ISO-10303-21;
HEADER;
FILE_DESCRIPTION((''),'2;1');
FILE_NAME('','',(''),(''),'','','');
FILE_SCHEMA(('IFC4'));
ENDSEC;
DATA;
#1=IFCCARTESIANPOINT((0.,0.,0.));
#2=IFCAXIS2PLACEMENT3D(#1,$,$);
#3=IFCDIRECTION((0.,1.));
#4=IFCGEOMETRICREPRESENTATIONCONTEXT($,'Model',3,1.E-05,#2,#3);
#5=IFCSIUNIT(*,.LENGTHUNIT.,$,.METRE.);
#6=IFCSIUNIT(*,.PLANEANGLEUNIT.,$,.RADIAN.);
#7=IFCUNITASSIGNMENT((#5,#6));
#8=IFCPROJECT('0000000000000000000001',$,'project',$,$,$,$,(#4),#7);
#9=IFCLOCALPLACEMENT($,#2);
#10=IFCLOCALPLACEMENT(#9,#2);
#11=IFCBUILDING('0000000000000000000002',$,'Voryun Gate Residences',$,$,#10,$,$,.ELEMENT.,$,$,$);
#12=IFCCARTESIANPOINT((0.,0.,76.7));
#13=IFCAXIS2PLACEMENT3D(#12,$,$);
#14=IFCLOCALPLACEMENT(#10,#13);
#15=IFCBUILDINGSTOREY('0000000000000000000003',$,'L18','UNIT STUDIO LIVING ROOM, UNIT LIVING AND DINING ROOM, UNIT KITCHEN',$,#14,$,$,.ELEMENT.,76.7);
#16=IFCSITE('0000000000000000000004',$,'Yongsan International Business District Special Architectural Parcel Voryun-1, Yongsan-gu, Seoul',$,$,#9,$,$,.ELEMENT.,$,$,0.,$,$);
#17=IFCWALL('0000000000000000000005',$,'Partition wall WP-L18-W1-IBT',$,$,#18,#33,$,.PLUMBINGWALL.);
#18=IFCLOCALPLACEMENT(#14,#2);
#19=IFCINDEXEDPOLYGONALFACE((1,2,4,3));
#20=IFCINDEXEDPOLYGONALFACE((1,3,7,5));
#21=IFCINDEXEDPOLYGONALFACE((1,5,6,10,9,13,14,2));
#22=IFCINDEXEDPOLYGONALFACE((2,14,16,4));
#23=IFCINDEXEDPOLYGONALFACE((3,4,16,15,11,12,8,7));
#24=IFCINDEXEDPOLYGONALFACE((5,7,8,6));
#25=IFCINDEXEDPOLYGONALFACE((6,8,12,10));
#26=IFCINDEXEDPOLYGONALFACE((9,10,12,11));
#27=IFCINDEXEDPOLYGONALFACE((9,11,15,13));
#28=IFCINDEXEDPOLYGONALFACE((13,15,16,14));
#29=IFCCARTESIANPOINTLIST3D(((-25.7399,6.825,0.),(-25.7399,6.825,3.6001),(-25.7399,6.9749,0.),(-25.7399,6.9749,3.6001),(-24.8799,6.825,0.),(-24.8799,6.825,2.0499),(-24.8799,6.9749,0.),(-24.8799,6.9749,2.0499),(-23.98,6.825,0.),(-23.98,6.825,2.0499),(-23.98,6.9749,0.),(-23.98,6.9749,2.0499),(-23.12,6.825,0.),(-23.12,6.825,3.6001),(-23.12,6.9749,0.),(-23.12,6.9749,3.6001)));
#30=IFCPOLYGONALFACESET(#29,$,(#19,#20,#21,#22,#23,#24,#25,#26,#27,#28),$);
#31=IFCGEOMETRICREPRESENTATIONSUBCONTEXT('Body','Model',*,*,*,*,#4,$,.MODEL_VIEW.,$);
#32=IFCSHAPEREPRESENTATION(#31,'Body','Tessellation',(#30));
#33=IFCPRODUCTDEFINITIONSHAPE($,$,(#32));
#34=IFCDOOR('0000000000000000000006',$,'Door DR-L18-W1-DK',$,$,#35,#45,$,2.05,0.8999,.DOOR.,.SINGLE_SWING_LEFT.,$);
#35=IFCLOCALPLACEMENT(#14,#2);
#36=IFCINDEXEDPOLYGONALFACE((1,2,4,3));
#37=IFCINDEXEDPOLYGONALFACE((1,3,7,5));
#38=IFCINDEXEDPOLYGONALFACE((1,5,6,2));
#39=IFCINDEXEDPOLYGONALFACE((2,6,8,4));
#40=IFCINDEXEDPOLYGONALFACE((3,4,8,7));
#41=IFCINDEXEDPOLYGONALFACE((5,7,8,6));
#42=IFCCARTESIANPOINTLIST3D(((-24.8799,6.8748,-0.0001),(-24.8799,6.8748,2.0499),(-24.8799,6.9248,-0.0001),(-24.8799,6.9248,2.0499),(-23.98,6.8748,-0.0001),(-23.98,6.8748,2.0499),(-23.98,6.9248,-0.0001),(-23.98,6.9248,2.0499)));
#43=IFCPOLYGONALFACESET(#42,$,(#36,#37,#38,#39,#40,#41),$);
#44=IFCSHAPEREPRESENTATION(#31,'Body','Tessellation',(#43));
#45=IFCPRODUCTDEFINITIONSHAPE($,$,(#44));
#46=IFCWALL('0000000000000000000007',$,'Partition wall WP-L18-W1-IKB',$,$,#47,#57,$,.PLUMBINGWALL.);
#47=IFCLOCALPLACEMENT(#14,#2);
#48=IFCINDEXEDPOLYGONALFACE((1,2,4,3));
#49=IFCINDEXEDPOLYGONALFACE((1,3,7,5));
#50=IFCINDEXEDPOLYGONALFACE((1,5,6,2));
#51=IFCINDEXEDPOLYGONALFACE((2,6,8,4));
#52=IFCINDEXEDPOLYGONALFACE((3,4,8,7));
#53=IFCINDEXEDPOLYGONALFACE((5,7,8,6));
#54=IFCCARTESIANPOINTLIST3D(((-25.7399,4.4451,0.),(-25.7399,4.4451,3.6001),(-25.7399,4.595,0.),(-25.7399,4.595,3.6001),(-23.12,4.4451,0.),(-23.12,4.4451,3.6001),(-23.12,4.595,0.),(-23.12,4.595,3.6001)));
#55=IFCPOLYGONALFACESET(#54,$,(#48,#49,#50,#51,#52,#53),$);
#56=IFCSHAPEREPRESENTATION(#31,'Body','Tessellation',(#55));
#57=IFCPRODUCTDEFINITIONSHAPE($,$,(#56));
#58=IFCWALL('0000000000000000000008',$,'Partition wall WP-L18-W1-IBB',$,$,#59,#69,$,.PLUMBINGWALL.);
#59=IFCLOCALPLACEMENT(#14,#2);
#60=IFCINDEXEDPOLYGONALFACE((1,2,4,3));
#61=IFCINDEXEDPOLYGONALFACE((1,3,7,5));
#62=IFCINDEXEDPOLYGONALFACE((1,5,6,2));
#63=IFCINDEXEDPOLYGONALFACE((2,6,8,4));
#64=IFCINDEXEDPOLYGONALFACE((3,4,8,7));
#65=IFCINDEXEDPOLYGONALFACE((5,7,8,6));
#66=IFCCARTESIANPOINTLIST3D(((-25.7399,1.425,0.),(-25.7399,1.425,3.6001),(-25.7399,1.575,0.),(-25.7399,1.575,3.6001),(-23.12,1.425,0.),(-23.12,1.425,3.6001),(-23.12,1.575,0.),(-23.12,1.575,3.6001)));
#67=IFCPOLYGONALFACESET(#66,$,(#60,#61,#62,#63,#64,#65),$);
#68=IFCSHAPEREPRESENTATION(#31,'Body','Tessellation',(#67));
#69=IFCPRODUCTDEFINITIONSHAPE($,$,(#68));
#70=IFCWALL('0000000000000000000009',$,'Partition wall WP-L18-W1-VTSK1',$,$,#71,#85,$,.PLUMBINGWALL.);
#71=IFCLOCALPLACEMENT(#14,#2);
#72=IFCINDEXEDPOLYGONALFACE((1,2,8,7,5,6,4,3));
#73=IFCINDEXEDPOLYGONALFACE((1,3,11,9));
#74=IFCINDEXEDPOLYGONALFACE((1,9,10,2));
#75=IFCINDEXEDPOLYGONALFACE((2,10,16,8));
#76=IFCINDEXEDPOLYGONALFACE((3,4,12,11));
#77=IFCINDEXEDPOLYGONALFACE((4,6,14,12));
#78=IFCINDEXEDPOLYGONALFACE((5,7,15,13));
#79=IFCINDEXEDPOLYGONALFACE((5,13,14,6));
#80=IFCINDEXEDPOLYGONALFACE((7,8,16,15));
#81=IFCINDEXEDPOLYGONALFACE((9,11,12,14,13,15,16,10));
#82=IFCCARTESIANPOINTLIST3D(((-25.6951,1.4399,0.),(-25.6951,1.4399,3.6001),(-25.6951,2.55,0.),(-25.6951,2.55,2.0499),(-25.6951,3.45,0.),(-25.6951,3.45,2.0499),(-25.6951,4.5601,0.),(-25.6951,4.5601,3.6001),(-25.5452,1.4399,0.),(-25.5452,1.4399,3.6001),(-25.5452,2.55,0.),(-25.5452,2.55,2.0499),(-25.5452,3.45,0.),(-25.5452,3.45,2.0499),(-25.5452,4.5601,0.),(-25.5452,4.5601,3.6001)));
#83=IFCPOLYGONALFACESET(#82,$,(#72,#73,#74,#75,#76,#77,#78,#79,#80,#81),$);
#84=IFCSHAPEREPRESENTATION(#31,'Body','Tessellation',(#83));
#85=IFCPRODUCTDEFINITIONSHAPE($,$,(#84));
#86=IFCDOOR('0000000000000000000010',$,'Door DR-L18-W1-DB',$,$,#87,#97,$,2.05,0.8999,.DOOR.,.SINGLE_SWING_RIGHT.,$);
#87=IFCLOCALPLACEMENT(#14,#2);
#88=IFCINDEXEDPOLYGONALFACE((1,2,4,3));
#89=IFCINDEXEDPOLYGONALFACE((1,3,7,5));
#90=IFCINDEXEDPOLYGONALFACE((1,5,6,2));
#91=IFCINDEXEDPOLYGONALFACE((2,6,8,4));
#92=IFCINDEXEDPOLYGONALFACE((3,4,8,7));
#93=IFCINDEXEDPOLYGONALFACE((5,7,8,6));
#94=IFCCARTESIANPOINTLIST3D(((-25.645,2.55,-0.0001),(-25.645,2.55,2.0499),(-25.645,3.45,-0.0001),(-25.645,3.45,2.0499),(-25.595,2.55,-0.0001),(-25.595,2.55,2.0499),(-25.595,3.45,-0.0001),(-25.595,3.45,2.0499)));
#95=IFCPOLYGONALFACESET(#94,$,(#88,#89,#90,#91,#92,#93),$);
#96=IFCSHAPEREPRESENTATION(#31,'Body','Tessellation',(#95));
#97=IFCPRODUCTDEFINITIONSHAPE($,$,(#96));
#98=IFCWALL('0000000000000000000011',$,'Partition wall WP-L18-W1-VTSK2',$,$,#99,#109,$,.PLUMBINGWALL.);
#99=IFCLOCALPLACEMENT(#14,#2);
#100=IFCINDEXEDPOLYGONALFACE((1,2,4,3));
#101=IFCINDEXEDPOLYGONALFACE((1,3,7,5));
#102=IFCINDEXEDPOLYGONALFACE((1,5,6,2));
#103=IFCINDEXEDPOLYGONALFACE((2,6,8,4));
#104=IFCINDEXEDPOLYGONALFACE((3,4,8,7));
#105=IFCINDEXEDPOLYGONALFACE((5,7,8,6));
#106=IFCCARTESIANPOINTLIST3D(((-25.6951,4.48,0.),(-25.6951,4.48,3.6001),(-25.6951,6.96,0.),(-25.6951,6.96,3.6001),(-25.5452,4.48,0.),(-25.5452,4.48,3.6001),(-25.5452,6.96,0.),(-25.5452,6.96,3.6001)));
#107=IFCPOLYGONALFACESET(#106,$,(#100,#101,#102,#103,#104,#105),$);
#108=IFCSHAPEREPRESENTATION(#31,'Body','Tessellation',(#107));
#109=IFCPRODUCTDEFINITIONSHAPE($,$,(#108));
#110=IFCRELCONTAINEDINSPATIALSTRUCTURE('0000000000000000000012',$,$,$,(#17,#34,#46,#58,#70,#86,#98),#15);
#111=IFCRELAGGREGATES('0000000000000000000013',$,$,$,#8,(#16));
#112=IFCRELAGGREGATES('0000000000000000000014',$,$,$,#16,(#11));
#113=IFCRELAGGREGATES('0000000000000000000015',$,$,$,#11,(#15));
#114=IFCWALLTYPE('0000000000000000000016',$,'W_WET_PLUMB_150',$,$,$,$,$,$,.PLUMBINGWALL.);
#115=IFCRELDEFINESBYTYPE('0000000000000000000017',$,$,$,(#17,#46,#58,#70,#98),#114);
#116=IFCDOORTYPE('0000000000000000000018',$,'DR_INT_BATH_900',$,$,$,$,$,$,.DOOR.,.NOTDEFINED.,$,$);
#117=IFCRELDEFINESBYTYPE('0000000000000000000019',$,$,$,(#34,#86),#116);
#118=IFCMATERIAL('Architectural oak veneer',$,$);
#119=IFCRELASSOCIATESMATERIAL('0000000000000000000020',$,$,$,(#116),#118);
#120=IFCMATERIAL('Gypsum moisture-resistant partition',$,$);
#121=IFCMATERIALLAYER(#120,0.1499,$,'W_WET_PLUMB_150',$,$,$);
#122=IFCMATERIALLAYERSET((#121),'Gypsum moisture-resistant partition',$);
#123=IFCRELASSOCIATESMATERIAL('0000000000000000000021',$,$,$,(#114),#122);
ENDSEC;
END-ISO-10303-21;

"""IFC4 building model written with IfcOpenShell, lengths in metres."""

from ifc_helpers import new_model, si_unit, direction, frame, frame_2d, origin, place, context, subcontext, project, spatial, rectangle, extrude, material, layer, layer_set, type_object, element, fill, save


model = new_model("IFC4")

# Units and contexts
model_context = context("Model", 3, precision=1e-05, world=origin(), true_north=direction((0.0, 1.0)))
body_context = subcontext(model_context, "Body", "Model", "MODEL_VIEW")
ifc_project = project(units=[si_unit("LENGTHUNIT", "METRE"), si_unit("PLANEANGLEUNIT", "RADIAN")], contexts=[model_context])

# Site, building, storey
site_placement = place(None, origin())
site = spatial("IfcSite", under=ifc_project, at=site_placement, Name="Yongsan International Business District Special Architectural Parcel Voryun-1, Yongsan-gu, Seoul", CompositionType="ELEMENT", RefElevation=0.0)
building_placement = place(site_placement, origin())
building = spatial("IfcBuilding", under=site, at=building_placement, Name="Voryun Gate Residences", CompositionType="ELEMENT")
storey_placement = place(building_placement, frame((0.0, 0.0, 76.7)))
storey = spatial("IfcBuildingStorey", under=building, at=storey_placement, Name="L18", Description="UNIT STUDIO LIVING ROOM, UNIT LIVING AND DINING ROOM, UNIT KITCHEN", CompositionType="ELEMENT", Elevation=76.7)

# Wall, opening, door
ifc_material_1 = material(Name="Architectural oak veneer")
door_type_1 = type_object("IfcDoorType", Name="DR_INT_BATH_900", OperationType="NOTDEFINED", PredefinedType="DOOR", material=ifc_material_1)
ifc_material_2 = material(Name="Gypsum moisture-resistant partition")
ifc_layer_1 = layer(ifc_material_2, 0.1499, Name="W_WET_PLUMB_150")
ifc_layer_set_1 = layer_set([ifc_layer_1], Name="Gypsum moisture-resistant partition")
wall_type_1 = type_object("IfcWallType", Name="W_WET_PLUMB_150", PredefinedType="PLUMBINGWALL", material=ifc_layer_set_1)
wall_1_placement = place(storey_placement, frame((-25.74, 6.8999, 0.0), z_axis=(0.0, 0.0, 1.0), x_axis=(1.0, 0.0, 0.0)))
wall_1 = element("IfcWall", 1, at=wall_1_placement, inside=storey, type_object=wall_type_1, Name="Partition wall WP-L18-W1-IBT", PredefinedType="PLUMBINGWALL", context=body_context, shape_type="SweptSolid", body=[
    extrude(rectangle(XDim=2.6199, YDim=0.1499, at=frame_2d((1.3101, 0.0))), origin(), (0.0, 0.0, 1.0), 3.6001),
])
opening_1_placement = place(wall_1_placement, frame((0.8601, 0.0, 0.0)))
opening_1 = element("IfcOpeningElement", 2, at=opening_1_placement, cuts=wall_1, PredefinedType="OPENING", context=body_context, shape_type="SweptSolid", body=[
    extrude(rectangle(XDim=0.8999, YDim=2.05, at=frame_2d((0.45, 1.0249))), frame((0.0, 0.085, 0.0), z_axis=(0.0, -1.0, 0.0), x_axis=(1.0, 0.0, 0.0)), (0.0, 0.0, 1.0), 0.1699),
])
door_1_placement = place(opening_1_placement, origin())
door_1 = element("IfcDoor", 3, at=door_1_placement, inside=storey, type_object=door_type_1, Name="Door DR-L18-W1-DK", OperationType="SINGLE_SWING_LEFT", OverallHeight=2.05, OverallWidth=0.8999, PredefinedType="DOOR", context=body_context, shape_type="SweptSolid", body=[
    extrude(rectangle(XDim=0.8999, YDim=2.05, at=frame_2d((0.45, 1.0249))), frame((0.0, 0.0249, 0.0), z_axis=(0.0, -1.0, 0.0), x_axis=(1.0, 0.0, 0.0)), (0.0, 0.0, 1.0), 0.05),
])
fill(opening_1, door_1)

# Walls
for number, where, z_axis, x_axis, name in (
    (4, (-25.74, 4.52, 0.0), (0.0, 0.0, 1.0), (1.0, 0.0, 0.0), "Partition wall WP-L18-W1-IKB"),
    (5, (-25.74, 1.5, 0.0), (0.0, 0.0, 1.0), (1.0, 0.0, 0.0), "Partition wall WP-L18-W1-IBB"),
):
    element("IfcWall", number, at=place(storey_placement, frame(where, z_axis=z_axis, x_axis=x_axis)), inside=storey, type_object=wall_type_1, Name=name, PredefinedType="PLUMBINGWALL", context=body_context, shape_type="SweptSolid", body=[
        extrude(rectangle(XDim=2.6199, YDim=0.1499, at=frame_2d((1.3101, 0.0))), origin(), (0.0, 0.0, 1.0), 3.6001),
    ])

# Wall, opening, door
wall_2_placement = place(storey_placement, frame((-25.6201, 1.4399, 0.0), z_axis=(0.0, 0.0, 1.0), x_axis=(0.0, 1.0, 0.0)))
wall_2 = element("IfcWall", 6, at=wall_2_placement, inside=storey, type_object=wall_type_1, Name="Partition wall WP-L18-W1-VTSK1", PredefinedType="PLUMBINGWALL", context=body_context, shape_type="SweptSolid", body=[
    extrude(rectangle(XDim=3.1201, YDim=0.1499, at=frame_2d((1.5601, 0.0))), origin(), (0.0, 0.0, 1.0), 3.6001),
])
opening_2_placement = place(wall_2_placement, frame((1.1101, 0.0, 0.0)))
opening_2 = element("IfcOpeningElement", 7, at=opening_2_placement, cuts=wall_2, PredefinedType="OPENING", context=body_context, shape_type="SweptSolid", body=[
    extrude(rectangle(XDim=0.8999, YDim=2.05, at=frame_2d((0.45, 1.0249))), frame((0.0, 0.085, 0.0), z_axis=(0.0, -1.0, 0.0), x_axis=(1.0, 0.0, 0.0)), (0.0, 0.0, 1.0), 0.1699),
])
door_2_placement = place(opening_2_placement, origin())
door_2 = element("IfcDoor", 8, at=door_2_placement, inside=storey, type_object=door_type_1, Name="Door DR-L18-W1-DB", OperationType="SINGLE_SWING_RIGHT", OverallHeight=2.05, OverallWidth=0.8999, PredefinedType="DOOR", context=body_context, shape_type="SweptSolid", body=[
    extrude(rectangle(XDim=0.8999, YDim=2.05, at=frame_2d((0.45, 1.0249))), frame((0.0, 0.0249, 0.0), z_axis=(0.0, -1.0, 0.0), x_axis=(1.0, 0.0, 0.0)), (0.0, 0.0, 1.0), 0.05),
])
fill(opening_2, door_2)

# Wall
wall_3_placement = place(storey_placement, frame((-25.6201, 4.48, 0.0), z_axis=(0.0, 0.0, 1.0), x_axis=(0.0, 1.0, 0.0)))
element("IfcWall", 9, at=wall_3_placement, inside=storey, type_object=wall_type_1, Name="Partition wall WP-L18-W1-VTSK2", PredefinedType="PLUMBINGWALL", context=body_context, shape_type="SweptSolid", body=[
    extrude(rectangle(XDim=2.48, YDim=0.1499, at=frame_2d((1.24, 0.0))), origin(), (0.0, 0.0, 1.0), 3.6001),
])

save(model, "model.ifc")
